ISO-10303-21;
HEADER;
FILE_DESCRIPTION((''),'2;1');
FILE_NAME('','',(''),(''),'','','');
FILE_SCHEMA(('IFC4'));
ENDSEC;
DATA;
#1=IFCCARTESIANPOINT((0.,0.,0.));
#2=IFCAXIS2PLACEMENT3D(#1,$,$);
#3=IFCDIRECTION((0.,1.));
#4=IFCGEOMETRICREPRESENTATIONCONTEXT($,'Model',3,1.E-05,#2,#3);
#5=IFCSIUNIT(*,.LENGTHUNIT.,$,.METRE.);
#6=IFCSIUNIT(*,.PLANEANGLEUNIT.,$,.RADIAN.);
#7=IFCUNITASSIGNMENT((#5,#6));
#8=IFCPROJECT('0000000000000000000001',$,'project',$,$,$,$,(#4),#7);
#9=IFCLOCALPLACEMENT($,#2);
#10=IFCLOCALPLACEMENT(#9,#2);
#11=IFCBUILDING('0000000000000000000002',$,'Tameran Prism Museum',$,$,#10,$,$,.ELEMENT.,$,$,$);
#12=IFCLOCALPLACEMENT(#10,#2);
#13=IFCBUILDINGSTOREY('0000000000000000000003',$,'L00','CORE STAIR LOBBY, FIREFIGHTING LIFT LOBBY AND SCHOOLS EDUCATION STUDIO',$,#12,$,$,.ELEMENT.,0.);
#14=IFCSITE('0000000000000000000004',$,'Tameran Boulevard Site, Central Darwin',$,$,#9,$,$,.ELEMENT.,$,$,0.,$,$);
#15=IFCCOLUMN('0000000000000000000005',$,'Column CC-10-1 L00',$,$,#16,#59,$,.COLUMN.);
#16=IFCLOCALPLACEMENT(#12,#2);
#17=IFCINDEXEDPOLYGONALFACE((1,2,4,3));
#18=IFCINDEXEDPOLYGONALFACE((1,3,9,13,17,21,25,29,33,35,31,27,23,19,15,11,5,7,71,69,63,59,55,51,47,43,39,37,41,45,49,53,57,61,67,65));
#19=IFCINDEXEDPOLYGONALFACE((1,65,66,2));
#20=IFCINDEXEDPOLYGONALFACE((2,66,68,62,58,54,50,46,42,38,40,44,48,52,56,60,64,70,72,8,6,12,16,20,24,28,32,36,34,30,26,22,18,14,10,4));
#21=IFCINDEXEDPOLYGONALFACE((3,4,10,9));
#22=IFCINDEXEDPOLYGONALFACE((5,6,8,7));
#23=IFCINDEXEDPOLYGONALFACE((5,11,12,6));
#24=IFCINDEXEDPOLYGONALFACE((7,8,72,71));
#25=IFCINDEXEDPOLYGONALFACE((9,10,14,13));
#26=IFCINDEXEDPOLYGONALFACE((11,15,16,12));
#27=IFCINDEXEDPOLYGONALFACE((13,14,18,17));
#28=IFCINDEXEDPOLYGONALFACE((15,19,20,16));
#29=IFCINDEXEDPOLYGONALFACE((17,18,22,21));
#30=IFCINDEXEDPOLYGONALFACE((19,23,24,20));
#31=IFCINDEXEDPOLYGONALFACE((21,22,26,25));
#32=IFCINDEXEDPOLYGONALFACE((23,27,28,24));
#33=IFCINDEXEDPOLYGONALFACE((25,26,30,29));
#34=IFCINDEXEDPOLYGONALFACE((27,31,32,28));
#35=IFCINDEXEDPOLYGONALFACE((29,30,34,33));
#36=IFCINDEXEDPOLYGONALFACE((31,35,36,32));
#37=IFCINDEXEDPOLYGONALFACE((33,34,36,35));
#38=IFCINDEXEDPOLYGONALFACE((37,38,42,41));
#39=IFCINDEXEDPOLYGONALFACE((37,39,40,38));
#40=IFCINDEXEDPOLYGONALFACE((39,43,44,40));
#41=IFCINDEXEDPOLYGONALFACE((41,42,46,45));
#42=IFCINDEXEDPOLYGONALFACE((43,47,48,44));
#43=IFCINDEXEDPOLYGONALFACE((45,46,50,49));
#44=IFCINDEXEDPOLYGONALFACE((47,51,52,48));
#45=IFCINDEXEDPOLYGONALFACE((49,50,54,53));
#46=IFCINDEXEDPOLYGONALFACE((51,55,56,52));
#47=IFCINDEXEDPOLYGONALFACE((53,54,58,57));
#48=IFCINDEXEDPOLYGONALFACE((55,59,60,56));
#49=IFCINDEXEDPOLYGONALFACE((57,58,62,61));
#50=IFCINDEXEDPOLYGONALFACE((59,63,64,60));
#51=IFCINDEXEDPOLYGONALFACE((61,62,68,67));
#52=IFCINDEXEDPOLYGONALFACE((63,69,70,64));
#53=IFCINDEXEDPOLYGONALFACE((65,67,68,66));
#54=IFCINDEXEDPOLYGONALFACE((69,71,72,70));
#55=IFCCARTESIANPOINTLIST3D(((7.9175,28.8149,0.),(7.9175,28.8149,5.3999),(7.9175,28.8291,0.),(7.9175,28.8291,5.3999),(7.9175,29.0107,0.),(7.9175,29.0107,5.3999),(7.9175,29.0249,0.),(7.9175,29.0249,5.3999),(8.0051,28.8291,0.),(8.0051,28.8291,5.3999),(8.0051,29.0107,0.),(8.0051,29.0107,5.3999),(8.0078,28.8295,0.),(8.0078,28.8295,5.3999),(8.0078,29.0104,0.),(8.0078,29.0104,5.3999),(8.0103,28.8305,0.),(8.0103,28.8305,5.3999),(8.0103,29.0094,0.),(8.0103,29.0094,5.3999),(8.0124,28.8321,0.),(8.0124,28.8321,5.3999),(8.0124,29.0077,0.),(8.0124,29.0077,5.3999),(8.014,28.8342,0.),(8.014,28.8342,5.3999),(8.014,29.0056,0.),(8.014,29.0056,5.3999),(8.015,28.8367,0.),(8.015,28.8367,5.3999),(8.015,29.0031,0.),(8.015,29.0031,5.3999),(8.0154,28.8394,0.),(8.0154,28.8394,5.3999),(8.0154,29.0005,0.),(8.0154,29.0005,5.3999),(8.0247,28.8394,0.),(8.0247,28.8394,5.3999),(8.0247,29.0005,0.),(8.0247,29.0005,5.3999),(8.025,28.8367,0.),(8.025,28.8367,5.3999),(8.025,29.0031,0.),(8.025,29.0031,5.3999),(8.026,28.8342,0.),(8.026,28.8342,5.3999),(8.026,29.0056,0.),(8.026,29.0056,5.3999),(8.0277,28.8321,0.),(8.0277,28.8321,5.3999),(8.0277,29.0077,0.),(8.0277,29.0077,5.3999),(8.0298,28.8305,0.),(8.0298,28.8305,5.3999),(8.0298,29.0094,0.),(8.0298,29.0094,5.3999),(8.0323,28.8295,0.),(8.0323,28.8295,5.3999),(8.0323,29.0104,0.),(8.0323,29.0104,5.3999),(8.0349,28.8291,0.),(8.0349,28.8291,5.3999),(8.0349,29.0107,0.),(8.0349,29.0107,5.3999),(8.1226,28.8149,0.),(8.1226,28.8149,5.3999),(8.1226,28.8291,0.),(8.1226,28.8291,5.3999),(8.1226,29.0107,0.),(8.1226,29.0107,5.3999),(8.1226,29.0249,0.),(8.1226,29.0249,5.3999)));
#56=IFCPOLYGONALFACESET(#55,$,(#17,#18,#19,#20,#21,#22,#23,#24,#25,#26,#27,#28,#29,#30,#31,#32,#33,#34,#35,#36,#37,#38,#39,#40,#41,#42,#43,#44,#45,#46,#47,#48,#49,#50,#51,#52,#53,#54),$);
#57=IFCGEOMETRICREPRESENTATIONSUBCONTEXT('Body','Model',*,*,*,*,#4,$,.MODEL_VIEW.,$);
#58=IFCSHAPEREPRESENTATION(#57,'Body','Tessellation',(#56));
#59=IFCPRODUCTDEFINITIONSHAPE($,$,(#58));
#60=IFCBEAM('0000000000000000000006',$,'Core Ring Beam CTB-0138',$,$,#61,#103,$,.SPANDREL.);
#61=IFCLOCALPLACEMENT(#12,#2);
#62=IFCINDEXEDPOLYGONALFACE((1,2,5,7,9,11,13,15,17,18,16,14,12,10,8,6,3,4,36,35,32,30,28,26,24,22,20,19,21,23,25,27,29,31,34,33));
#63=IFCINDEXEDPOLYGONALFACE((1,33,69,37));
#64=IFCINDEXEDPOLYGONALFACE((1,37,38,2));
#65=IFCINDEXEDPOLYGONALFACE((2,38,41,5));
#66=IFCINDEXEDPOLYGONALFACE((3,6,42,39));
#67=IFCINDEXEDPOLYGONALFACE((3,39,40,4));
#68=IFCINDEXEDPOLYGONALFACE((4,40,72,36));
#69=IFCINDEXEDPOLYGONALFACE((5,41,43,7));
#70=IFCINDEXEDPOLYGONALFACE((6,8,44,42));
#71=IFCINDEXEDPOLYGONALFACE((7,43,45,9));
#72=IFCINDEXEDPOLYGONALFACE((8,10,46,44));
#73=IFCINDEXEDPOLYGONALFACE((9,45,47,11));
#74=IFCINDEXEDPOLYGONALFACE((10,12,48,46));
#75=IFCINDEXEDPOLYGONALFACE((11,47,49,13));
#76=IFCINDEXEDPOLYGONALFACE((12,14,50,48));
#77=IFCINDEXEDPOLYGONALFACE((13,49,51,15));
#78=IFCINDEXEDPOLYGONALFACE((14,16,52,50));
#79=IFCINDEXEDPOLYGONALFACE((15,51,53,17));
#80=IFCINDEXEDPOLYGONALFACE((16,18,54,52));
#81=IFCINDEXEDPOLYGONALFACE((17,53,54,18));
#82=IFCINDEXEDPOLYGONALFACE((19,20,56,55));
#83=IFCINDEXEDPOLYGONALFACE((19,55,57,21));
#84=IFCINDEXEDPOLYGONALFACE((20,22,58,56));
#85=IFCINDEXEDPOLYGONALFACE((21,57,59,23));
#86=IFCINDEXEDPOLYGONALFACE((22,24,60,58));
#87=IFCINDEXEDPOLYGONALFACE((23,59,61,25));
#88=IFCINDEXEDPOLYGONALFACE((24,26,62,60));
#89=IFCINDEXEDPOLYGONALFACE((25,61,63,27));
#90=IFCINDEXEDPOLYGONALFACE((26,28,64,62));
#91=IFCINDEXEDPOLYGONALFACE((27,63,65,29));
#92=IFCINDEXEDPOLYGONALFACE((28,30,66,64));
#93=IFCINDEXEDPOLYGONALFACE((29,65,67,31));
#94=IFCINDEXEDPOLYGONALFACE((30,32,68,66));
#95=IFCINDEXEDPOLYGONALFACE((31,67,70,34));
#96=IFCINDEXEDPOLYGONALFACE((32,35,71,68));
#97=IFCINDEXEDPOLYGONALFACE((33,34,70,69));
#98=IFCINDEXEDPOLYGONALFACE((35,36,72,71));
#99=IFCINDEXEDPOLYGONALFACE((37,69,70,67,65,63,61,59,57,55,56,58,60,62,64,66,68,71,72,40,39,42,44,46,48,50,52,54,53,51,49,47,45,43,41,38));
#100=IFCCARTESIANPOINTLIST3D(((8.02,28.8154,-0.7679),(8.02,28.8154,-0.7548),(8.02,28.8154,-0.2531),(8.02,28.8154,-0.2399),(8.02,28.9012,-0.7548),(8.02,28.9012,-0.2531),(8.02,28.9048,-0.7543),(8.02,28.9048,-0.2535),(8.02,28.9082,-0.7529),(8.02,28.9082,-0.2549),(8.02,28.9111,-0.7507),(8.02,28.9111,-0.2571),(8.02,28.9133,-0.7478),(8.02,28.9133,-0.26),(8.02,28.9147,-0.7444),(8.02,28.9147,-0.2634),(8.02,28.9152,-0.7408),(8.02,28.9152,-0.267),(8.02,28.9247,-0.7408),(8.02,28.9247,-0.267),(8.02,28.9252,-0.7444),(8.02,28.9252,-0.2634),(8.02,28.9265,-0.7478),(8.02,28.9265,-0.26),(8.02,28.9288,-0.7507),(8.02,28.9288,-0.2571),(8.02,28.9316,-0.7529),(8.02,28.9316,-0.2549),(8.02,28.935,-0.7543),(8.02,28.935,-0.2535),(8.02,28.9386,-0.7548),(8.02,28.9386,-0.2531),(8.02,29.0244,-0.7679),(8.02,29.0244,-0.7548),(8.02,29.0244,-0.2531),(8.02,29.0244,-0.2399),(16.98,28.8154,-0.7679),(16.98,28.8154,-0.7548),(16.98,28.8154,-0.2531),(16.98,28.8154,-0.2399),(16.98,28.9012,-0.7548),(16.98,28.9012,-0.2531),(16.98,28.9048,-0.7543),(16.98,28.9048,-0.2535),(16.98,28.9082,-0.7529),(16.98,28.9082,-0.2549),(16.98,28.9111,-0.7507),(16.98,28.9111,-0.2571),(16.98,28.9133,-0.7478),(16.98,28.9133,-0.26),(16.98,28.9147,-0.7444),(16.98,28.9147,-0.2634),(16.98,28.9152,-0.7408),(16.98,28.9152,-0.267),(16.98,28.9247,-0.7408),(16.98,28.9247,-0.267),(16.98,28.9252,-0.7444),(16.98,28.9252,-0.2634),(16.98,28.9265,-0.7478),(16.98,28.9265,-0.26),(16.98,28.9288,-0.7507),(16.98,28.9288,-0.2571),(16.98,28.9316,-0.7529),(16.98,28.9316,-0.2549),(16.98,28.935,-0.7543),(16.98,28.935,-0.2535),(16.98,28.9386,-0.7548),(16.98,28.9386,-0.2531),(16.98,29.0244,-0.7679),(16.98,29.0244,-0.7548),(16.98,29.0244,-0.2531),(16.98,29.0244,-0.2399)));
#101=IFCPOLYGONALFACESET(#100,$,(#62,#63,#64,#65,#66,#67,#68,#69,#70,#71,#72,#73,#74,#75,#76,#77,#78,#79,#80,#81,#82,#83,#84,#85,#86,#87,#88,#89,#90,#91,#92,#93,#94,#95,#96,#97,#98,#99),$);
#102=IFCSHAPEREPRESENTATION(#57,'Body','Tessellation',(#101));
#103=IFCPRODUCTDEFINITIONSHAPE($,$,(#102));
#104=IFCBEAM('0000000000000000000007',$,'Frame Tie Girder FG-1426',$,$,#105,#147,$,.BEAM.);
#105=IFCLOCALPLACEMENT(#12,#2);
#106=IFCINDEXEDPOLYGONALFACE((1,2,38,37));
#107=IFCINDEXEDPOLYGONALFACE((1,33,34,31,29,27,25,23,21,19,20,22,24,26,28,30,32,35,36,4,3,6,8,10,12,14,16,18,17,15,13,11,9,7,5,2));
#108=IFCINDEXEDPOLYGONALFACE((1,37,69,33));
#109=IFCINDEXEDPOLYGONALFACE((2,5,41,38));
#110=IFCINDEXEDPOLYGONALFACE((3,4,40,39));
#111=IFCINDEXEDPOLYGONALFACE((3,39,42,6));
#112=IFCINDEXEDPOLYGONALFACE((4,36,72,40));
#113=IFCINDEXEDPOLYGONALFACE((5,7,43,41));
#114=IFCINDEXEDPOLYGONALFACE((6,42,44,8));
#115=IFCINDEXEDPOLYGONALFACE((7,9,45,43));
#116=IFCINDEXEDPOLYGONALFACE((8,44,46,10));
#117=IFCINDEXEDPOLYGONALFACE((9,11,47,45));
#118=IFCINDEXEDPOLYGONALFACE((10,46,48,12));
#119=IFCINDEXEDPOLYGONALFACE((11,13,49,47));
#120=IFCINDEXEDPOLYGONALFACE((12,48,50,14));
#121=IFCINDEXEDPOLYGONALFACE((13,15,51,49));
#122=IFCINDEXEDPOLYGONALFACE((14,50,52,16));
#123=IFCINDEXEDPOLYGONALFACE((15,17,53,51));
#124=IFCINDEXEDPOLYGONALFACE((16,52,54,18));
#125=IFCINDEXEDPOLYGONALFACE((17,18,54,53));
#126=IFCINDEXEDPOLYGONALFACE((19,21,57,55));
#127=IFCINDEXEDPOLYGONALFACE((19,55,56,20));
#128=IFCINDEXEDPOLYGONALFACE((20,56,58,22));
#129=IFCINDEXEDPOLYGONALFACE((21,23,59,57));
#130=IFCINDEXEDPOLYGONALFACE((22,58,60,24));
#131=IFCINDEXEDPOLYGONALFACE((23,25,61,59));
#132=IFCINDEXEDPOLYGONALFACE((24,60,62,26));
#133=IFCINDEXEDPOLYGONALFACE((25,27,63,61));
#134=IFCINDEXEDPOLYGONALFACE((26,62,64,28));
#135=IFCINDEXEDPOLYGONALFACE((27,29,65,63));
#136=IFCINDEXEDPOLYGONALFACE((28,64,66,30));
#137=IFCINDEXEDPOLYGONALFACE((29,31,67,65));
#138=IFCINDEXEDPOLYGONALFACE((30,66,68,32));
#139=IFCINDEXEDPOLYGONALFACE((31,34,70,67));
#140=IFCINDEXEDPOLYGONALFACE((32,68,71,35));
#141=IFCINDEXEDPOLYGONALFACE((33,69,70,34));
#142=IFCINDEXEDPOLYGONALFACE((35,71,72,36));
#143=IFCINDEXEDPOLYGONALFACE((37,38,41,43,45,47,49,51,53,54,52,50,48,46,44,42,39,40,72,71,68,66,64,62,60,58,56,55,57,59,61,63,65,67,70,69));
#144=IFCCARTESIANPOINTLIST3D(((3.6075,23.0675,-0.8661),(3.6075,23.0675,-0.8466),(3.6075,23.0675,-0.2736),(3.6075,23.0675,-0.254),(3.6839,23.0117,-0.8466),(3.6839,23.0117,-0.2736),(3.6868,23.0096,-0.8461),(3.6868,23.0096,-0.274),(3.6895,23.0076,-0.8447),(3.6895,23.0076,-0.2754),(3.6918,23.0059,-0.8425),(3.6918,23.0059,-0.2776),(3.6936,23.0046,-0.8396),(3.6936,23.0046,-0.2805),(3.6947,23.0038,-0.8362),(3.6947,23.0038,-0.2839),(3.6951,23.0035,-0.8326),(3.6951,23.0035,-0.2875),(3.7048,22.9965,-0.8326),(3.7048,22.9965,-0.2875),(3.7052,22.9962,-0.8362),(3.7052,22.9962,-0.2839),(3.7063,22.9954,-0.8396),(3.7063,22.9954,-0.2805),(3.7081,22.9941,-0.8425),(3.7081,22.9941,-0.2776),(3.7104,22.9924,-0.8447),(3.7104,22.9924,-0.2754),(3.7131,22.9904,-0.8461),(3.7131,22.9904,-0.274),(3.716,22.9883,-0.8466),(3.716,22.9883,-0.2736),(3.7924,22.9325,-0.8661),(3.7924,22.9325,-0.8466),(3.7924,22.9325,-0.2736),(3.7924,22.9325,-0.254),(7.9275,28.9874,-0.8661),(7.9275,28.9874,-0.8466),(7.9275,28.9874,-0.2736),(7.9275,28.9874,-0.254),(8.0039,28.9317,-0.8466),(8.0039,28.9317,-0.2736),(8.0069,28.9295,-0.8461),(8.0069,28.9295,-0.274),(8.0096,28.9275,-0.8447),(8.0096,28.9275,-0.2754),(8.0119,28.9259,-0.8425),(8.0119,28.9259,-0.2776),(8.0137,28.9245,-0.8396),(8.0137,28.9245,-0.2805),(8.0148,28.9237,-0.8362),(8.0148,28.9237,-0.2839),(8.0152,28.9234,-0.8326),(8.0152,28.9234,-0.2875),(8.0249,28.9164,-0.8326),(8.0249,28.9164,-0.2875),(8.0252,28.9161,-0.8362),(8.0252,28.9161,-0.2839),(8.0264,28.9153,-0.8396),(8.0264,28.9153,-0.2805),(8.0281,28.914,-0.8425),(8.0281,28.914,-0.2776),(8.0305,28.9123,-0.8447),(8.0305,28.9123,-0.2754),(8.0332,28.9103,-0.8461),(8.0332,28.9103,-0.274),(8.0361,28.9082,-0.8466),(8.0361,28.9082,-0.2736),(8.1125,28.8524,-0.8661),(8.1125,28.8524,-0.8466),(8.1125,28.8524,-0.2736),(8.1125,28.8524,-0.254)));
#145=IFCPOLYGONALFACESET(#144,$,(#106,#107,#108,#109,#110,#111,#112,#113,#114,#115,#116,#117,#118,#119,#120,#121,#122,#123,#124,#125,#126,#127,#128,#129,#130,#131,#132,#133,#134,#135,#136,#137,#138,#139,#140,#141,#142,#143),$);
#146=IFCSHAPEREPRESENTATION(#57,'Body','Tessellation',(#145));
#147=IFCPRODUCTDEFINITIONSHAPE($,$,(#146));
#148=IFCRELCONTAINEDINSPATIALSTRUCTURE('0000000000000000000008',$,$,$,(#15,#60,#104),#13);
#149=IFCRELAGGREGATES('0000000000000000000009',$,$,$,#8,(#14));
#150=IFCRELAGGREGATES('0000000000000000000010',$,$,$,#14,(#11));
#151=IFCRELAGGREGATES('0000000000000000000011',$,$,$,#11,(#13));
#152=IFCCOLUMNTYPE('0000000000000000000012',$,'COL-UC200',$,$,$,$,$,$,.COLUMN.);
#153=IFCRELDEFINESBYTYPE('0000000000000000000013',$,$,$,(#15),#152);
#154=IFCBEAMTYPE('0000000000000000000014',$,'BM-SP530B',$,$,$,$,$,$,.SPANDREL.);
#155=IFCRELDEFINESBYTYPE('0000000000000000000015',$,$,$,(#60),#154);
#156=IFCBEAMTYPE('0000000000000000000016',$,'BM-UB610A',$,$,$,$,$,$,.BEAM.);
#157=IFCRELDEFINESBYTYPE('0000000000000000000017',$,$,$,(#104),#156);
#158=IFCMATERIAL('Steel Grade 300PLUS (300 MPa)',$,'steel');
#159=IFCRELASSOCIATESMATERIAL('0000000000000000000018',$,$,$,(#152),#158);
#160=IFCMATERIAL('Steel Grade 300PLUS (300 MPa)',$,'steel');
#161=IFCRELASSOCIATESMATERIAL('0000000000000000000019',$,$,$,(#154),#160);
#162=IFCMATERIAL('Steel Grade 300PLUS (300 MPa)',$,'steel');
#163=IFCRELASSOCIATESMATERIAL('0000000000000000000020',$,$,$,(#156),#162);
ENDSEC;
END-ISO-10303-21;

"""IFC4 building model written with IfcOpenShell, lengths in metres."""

from ifc_helpers import new_model, si_unit, direction, frame, origin, origin_2d, place, context, subcontext, project, spatial, i_section, extrude, material, material_profile, profile_set, type_object, element, save


model = new_model("IFC4")

# Units and contexts
model_context = context("Model", 3, precision=1e-05, world=origin(), true_north=direction((0.0, 1.0)))
body_context = subcontext(model_context, "Body", "Model", "MODEL_VIEW")
ifc_project = project(units=[si_unit("LENGTHUNIT", "METRE"), si_unit("PLANEANGLEUNIT", "RADIAN")], contexts=[model_context])

# Site, building, storey
site_placement = place(None, origin())
site = spatial("IfcSite", under=ifc_project, at=site_placement, Name="Tameran Boulevard Site, Central Darwin", CompositionType="ELEMENT", RefElevation=0.0)
building_placement = place(site_placement, origin())
building = spatial("IfcBuilding", under=site, at=building_placement, Name="Tameran Prism Museum", CompositionType="ELEMENT")
storey_placement = place(building_placement, origin())
storey = spatial("IfcBuildingStorey", under=building, at=storey_placement, Name="L00", Description="CORE STAIR LOBBY, FIREFIGHTING LIFT LOBBY AND SCHOOLS EDUCATION STUDIO", CompositionType="ELEMENT", Elevation=0.0)

# Column
ifc_material_1 = material(Name="Steel Grade 300PLUS (300 MPa)", Category="steel")
ifc_material_profile_1 = material_profile(ifc_material_1, i_section(OverallWidth=0.2051, OverallDepth=0.21, WebThickness=0.0093, FlangeThickness=0.0142, FilletRadius=0.0103, at=origin_2d()))
ifc_profile_set_1 = profile_set([ifc_material_profile_1])
column_type = type_object("IfcColumnType", Name="COL-UC200", PredefinedType="COLUMN", material=ifc_profile_set_1)
column_placement = place(storey_placement, frame((8.02, 28.9199, 0.0), z_axis=(0.0, 0.0, 1.0), x_axis=(1.0, 0.0, 0.0)))
element("IfcColumn", 1, at=column_placement, inside=storey, type_object=column_type, Name="Column CC-10-1 L00", PredefinedType="COLUMN", context=body_context, shape_type="SweptSolid", body=[
    extrude(i_section(OverallWidth=0.2051, OverallDepth=0.21, WebThickness=0.0093, FlangeThickness=0.0142, FilletRadius=0.0103, at=origin_2d()), origin(), (0.0, 0.0, 1.0), 5.3999),
])

# Beams
ifc_material_2 = material(Name="Steel Grade 300PLUS (300 MPa)", Category="steel")
ifc_material_profile_2 = material_profile(ifc_material_2, i_section(OverallWidth=0.209, OverallDepth=0.5281, WebThickness=0.0095, FlangeThickness=0.0132, FilletRadius=0.0139, at=origin_2d()))
ifc_profile_set_2 = profile_set([ifc_material_profile_2])
beam_type_1 = type_object("IfcBeamType", Name="BM-SP530B", PredefinedType="SPANDREL", material=ifc_profile_set_2)
beam_1_placement = place(storey_placement, frame((8.02, 28.9199, -0.5039), z_axis=(1.0, 0.0, 0.0), x_axis=(0.0, 1.0, 0.0)))
element("IfcBeam", 2, at=beam_1_placement, inside=storey, type_object=beam_type_1, Name="Core Ring Beam CTB-0138", PredefinedType="SPANDREL", context=body_context, shape_type="SweptSolid", body=[
    extrude(i_section(OverallWidth=0.209, OverallDepth=0.5281, WebThickness=0.0095, FlangeThickness=0.0132, FilletRadius=0.0139, at=origin_2d()), origin(), (0.0, 0.0, 1.0), 8.96),
])
ifc_material_3 = material(Name="Steel Grade 300PLUS (300 MPa)", Category="steel")
ifc_material_profile_3 = material_profile(ifc_material_3, i_section(OverallWidth=0.229, OverallDepth=0.6121, WebThickness=0.012, FlangeThickness=0.0195, FilletRadius=0.0139, at=origin_2d()))
ifc_profile_set_3 = profile_set([ifc_material_profile_3])
beam_type_2 = type_object("IfcBeamType", Name="BM-UB610A", PredefinedType="BEAM", material=ifc_profile_set_3)
beam_2_placement = place(storey_placement, frame((8.02, 28.9199, -0.5601), z_axis=(-0.58948, -0.807783, 0.0), x_axis=(0.807783, -0.58948, 0.0)))
element("IfcBeam", 3, at=beam_2_placement, inside=storey, type_object=beam_type_2, Name="Frame Tie Girder FG-1426", PredefinedType="BEAM", context=body_context, shape_type="SweptSolid", body=[
    extrude(i_section(OverallWidth=0.229, OverallDepth=0.6121, WebThickness=0.012, FlangeThickness=0.0195, FilletRadius=0.0139, at=origin_2d()), origin(), (0.0, 0.0, 1.0), 7.3286),
])

save(model, "model.ifc")
